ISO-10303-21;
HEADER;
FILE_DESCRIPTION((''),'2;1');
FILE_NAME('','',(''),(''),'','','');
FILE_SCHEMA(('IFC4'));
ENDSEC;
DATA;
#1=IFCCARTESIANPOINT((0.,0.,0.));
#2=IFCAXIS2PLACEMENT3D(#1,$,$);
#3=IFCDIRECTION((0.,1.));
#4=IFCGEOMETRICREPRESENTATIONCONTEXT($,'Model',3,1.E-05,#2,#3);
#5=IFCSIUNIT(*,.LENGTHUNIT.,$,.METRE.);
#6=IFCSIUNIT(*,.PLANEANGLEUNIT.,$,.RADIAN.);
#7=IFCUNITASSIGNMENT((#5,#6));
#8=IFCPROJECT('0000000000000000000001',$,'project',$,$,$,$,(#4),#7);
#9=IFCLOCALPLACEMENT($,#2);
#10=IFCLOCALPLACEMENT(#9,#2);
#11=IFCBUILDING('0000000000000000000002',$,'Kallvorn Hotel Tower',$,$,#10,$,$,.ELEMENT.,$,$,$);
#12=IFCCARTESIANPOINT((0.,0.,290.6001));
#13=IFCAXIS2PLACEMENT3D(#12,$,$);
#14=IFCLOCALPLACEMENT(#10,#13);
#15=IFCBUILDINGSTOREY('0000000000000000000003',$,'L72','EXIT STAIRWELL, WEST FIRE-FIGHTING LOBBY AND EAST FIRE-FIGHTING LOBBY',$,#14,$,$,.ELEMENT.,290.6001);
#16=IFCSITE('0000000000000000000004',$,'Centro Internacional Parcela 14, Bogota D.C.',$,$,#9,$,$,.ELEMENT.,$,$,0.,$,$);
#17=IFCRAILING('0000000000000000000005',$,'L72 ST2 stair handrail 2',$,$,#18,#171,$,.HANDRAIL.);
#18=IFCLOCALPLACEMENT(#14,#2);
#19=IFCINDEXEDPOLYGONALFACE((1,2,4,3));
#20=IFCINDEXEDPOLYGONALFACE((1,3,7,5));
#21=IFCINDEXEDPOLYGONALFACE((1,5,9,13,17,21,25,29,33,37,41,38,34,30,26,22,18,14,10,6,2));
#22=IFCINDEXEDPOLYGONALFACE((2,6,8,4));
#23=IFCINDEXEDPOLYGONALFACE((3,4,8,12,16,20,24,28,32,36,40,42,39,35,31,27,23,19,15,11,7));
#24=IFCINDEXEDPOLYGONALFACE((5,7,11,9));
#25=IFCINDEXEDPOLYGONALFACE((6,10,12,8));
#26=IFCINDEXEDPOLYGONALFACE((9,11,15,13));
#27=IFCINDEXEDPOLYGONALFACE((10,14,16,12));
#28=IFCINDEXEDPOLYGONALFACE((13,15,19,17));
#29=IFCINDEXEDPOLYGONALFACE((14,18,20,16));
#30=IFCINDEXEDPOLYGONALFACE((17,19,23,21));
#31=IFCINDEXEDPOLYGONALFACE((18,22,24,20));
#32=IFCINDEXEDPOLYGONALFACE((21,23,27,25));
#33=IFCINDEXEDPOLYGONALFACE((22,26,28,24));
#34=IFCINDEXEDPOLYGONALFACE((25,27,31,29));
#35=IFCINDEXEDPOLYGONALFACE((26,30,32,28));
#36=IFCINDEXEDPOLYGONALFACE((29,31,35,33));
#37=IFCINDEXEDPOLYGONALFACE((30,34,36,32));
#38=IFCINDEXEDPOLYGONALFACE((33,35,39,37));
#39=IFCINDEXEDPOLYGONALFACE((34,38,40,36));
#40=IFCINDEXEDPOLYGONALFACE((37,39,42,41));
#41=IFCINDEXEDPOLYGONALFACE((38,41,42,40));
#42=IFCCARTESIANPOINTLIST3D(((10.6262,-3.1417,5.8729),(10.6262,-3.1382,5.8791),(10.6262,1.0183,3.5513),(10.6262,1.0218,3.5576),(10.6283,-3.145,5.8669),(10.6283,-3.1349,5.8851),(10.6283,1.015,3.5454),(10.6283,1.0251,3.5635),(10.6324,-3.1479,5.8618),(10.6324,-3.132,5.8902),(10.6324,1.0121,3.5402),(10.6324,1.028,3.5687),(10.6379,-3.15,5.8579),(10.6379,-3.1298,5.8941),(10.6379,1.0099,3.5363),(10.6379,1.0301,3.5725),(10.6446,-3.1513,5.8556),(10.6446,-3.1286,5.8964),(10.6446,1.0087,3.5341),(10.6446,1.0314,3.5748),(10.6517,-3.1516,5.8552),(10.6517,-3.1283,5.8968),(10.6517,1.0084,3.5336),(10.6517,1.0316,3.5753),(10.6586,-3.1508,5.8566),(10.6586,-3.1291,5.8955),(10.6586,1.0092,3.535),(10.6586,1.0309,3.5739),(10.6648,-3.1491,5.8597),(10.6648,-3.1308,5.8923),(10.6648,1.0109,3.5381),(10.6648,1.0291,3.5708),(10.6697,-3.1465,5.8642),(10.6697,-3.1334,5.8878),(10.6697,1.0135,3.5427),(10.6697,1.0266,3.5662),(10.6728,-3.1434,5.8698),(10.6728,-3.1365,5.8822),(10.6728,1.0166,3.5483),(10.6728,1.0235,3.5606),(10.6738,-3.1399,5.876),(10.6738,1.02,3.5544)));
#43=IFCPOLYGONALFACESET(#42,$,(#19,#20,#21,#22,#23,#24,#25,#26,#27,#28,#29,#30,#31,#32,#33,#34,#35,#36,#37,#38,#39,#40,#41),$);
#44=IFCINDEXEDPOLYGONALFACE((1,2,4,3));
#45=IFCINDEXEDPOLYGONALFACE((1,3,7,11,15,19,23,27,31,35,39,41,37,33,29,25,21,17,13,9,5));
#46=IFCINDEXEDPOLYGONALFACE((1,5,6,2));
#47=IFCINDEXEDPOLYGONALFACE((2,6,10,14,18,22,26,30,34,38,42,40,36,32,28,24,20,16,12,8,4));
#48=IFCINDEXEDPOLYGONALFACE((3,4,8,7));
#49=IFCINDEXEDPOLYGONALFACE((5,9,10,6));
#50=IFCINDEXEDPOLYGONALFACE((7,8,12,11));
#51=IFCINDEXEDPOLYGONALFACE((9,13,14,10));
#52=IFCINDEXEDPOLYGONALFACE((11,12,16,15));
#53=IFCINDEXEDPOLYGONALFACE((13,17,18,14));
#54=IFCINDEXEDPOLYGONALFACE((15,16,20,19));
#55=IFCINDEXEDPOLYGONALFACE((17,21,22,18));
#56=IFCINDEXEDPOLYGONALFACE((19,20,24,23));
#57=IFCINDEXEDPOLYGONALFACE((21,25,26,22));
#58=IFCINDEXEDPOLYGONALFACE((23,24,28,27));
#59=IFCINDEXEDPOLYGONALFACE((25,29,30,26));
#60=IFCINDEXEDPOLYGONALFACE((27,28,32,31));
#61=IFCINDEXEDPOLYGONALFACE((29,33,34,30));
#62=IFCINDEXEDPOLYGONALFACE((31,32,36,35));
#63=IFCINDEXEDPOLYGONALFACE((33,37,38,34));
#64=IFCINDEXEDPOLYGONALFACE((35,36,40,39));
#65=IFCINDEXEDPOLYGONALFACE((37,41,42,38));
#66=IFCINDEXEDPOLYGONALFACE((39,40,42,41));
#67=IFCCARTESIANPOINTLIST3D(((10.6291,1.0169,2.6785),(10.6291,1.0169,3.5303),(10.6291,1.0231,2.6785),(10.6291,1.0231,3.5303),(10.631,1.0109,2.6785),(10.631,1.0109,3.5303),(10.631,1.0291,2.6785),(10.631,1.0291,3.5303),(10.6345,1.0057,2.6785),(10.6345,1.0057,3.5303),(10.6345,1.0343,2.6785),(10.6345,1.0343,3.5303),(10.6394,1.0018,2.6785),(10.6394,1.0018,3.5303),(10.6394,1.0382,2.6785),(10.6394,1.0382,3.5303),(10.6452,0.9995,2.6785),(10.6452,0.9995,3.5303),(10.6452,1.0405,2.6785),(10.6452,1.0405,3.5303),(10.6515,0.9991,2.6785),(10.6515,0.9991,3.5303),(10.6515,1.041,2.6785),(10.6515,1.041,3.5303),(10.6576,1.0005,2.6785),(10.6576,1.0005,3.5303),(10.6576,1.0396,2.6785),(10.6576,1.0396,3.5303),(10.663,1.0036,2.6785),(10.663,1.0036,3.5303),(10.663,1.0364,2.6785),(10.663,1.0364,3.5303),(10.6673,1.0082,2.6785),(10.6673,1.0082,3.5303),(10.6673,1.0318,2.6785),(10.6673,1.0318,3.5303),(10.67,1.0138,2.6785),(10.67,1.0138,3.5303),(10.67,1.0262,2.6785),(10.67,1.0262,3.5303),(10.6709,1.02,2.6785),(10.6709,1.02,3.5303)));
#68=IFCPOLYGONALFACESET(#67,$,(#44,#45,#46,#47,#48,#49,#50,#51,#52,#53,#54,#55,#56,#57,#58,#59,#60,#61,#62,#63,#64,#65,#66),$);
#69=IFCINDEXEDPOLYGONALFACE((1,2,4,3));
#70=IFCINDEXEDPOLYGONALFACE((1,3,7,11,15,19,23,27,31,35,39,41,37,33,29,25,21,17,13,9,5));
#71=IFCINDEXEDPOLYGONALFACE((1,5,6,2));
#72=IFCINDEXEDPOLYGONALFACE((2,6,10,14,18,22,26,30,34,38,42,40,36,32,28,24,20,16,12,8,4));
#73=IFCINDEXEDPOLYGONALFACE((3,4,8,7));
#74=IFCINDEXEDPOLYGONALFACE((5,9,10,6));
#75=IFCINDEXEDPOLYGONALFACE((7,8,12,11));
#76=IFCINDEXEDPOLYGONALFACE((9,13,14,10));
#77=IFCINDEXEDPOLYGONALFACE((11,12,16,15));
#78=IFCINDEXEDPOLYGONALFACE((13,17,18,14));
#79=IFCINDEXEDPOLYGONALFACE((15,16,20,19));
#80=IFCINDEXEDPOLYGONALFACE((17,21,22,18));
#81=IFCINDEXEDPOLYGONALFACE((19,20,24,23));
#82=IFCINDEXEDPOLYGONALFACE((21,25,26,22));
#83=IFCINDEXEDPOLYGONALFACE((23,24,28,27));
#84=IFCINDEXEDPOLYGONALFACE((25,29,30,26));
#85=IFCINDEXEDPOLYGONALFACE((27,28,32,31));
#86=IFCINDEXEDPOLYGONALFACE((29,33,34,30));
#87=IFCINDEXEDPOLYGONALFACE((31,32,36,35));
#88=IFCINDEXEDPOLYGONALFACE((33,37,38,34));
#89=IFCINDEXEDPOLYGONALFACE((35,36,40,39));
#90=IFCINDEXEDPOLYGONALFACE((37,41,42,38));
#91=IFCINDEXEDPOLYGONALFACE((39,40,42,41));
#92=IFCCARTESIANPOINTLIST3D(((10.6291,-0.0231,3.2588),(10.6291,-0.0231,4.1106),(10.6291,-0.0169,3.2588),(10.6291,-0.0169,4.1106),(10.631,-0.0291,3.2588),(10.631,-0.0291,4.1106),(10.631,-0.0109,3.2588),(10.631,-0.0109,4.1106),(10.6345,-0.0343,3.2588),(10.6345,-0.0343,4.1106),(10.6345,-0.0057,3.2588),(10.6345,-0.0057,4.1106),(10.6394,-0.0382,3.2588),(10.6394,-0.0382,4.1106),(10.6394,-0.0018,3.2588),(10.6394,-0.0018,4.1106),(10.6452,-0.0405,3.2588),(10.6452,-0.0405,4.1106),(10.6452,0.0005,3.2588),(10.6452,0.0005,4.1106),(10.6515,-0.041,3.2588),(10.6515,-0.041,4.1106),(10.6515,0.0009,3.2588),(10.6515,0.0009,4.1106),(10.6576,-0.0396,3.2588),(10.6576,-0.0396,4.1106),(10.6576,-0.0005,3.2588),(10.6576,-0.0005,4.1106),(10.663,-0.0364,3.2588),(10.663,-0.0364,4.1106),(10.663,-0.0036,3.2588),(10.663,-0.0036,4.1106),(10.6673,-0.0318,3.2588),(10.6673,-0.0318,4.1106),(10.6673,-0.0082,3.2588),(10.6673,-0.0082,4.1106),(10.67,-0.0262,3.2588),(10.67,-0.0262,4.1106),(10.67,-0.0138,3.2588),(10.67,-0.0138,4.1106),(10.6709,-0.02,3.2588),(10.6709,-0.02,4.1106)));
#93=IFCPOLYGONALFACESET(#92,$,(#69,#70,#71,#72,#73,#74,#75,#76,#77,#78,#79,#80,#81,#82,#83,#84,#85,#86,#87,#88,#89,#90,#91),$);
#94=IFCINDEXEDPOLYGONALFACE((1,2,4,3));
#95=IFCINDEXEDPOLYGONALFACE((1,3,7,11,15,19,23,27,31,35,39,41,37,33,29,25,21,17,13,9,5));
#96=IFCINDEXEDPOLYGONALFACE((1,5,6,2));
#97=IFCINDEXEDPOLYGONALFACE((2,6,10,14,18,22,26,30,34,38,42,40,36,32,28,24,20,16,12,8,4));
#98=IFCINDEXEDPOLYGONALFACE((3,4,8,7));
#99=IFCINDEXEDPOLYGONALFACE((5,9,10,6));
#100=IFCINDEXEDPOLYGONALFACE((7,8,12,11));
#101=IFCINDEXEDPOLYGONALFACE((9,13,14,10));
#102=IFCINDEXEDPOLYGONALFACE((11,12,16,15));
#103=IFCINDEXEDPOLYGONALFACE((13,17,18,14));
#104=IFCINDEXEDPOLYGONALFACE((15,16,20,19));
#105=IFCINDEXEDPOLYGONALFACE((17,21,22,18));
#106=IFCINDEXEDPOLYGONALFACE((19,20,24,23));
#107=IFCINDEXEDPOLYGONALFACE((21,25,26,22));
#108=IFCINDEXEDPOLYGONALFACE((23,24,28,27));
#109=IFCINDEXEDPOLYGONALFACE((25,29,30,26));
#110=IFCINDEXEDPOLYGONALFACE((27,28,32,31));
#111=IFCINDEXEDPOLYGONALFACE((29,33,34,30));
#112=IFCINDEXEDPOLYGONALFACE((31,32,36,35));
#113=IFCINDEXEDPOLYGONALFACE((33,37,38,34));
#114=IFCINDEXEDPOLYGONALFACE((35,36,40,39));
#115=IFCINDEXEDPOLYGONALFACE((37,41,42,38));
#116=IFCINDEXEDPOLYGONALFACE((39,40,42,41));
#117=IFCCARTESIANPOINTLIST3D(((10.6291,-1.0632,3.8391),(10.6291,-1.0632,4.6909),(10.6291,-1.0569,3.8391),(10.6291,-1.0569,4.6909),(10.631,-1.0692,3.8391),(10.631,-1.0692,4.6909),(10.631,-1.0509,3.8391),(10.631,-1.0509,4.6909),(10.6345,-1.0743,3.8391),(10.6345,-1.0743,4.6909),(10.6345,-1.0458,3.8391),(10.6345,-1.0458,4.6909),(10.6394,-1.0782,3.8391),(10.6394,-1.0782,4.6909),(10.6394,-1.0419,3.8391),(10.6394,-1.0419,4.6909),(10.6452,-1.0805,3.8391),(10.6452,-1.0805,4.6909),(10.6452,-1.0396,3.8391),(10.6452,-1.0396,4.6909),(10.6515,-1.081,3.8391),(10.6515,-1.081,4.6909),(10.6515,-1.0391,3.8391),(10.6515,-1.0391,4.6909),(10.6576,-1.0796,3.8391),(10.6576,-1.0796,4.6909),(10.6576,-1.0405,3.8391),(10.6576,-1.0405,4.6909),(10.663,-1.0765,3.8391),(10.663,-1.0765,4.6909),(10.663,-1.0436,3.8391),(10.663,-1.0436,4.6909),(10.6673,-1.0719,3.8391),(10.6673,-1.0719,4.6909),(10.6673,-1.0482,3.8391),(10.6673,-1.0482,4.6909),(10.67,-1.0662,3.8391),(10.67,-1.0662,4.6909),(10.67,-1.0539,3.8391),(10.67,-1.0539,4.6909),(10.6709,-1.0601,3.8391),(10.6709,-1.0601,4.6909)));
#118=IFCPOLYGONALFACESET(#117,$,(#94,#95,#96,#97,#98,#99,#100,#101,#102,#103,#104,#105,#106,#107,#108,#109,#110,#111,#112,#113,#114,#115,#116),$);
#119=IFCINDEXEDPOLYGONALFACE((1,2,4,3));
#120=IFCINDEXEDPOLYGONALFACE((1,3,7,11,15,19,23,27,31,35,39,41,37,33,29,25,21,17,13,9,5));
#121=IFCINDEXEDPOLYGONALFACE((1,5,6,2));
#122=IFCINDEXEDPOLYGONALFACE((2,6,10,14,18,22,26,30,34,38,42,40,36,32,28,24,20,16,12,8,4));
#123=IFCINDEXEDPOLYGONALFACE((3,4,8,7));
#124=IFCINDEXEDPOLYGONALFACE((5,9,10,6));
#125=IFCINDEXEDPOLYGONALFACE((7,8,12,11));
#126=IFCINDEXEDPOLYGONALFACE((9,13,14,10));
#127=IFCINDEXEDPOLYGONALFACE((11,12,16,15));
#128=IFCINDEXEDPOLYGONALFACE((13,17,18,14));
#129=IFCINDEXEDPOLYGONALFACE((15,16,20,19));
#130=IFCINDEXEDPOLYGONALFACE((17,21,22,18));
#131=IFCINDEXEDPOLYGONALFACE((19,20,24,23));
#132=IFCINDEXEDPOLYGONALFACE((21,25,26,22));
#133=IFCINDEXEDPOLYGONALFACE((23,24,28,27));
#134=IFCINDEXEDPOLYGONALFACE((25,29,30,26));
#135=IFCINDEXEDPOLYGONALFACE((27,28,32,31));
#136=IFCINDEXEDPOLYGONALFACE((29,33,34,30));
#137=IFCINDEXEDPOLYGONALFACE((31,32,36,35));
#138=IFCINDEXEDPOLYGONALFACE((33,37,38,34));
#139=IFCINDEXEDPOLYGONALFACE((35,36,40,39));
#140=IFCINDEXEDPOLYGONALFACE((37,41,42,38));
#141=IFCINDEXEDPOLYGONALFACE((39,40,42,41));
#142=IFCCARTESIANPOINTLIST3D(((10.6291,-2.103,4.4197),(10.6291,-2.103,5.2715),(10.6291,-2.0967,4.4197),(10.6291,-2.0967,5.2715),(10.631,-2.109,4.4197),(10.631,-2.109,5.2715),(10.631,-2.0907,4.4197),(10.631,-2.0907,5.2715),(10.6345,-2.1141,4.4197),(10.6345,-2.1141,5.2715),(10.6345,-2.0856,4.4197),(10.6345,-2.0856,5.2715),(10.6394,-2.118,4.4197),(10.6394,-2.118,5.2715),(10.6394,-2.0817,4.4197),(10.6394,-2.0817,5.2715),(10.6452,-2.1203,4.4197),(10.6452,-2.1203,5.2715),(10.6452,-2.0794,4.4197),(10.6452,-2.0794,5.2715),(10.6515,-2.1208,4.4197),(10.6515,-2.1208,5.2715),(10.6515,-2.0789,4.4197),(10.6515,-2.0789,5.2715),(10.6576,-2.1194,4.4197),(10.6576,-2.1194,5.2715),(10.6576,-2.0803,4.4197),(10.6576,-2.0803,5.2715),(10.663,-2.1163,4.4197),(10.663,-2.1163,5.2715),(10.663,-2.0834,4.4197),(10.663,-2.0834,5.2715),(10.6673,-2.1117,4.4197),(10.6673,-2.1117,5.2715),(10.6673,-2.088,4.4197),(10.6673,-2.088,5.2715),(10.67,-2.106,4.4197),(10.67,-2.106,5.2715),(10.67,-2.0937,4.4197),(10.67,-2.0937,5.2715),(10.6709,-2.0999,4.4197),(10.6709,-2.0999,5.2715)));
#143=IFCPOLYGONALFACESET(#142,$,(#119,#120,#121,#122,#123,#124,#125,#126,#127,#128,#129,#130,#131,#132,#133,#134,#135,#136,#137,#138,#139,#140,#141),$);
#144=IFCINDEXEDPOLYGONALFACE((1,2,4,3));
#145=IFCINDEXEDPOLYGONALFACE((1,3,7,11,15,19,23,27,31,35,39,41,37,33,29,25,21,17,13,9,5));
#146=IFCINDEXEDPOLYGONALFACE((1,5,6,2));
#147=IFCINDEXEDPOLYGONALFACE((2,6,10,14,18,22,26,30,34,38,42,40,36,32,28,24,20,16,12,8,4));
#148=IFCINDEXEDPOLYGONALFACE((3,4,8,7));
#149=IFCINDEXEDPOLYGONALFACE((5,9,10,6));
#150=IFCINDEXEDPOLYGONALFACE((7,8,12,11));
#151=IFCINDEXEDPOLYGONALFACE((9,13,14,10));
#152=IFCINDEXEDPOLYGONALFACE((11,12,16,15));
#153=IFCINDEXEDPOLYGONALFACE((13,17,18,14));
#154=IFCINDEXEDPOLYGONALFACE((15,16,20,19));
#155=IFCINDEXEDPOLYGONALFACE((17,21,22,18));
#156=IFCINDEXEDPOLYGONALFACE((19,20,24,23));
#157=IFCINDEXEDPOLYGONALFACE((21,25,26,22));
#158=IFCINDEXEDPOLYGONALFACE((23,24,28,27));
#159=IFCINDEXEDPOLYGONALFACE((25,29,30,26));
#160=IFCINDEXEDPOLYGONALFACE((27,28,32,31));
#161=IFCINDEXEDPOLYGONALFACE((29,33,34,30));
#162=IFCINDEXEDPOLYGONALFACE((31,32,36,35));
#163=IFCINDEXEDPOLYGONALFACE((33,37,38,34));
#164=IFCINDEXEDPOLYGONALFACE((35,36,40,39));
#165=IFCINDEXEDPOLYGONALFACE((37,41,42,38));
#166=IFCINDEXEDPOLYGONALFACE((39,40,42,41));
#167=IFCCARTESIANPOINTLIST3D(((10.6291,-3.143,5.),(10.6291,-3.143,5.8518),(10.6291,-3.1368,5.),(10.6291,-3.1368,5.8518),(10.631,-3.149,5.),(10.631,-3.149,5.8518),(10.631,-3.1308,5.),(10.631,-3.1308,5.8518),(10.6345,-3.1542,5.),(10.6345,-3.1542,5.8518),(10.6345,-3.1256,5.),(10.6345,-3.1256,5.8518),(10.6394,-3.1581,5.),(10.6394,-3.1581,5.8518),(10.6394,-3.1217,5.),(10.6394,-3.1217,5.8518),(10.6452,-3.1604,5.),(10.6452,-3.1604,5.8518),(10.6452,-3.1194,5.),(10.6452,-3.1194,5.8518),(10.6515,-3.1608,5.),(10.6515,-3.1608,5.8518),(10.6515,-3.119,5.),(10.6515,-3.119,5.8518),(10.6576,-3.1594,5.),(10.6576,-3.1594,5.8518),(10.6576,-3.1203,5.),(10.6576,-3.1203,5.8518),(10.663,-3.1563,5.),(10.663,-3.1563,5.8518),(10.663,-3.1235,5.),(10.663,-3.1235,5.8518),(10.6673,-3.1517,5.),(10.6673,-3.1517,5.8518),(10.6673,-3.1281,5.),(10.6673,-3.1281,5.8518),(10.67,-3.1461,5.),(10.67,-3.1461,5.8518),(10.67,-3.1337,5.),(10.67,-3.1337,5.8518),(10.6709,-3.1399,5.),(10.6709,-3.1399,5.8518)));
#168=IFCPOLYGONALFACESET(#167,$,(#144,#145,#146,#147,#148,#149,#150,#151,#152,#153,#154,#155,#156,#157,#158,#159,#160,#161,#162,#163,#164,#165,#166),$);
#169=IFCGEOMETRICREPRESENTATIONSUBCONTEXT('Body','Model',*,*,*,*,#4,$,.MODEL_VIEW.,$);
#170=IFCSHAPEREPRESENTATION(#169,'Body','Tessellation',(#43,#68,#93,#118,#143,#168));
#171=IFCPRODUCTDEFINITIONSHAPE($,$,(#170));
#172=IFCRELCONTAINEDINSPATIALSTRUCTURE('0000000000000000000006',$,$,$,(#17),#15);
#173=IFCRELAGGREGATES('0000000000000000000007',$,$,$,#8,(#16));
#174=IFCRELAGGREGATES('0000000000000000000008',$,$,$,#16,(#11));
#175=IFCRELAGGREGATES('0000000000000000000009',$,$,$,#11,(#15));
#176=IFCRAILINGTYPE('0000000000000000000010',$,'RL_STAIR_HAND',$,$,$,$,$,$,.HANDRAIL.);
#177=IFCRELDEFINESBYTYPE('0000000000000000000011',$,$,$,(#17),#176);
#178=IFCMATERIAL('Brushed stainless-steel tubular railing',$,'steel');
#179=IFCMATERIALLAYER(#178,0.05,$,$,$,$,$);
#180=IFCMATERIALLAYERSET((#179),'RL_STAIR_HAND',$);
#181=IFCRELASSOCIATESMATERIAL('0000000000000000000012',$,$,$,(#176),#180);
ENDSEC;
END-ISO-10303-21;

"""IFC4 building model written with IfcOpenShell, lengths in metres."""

from ifc_helpers import new_model, si_unit, direction, frame, origin, origin_2d, place, context, subcontext, project, spatial, circle, extrude, material, layer, layer_set, type_object, element, save


model = new_model("IFC4")

# Units and contexts
model_context = context("Model", 3, precision=1e-05, world=origin(), true_north=direction((0.0, 1.0)))
body_context = subcontext(model_context, "Body", "Model", "MODEL_VIEW")
ifc_project = project(units=[si_unit("LENGTHUNIT", "METRE"), si_unit("PLANEANGLEUNIT", "RADIAN")], contexts=[model_context])

# Site, building, storey
site_placement = place(None, origin())
site = spatial("IfcSite", under=ifc_project, at=site_placement, Name="Centro Internacional Parcela 14, Bogota D.C.", CompositionType="ELEMENT", RefElevation=0.0)
building_placement = place(site_placement, origin())
building = spatial("IfcBuilding", under=site, at=building_placement, Name="Kallvorn Hotel Tower", CompositionType="ELEMENT")
storey_placement = place(building_placement, frame((0.0, 0.0, 290.6001)))
storey = spatial("IfcBuildingStorey", under=building, at=storey_placement, Name="L72", Description="EXIT STAIRWELL, WEST FIRE-FIGHTING LOBBY AND EAST FIRE-FIGHTING LOBBY", CompositionType="ELEMENT", Elevation=290.6001)

# Railing
ifc_material_1 = material(Name="Brushed stainless-steel tubular railing", Category="steel")
ifc_layer_1 = layer(ifc_material_1, 0.05)
ifc_layer_set_1 = layer_set([ifc_layer_1], Name="RL_STAIR_HAND")
railing_type_1 = type_object("IfcRailingType", Name="RL_STAIR_HAND", PredefinedType="HANDRAIL", material=ifc_layer_set_1)
for number, where, name in (
    (1, (10.6499, 1.02, 2.6785), "L72 ST2 stair handrail 2"),
):
    element("IfcRailing", number, at=place(storey_placement, frame(where)), inside=storey, type_object=railing_type_1, Name=name, PredefinedType="HANDRAIL", context=body_context, shape_type="SweptSolid", body=[
        extrude(circle(Radius=0.0239, at=origin_2d()), frame((0.0, 0.0, 0.876), z_axis=(0.0, -0.873223, 0.487322), x_axis=(1.0, 0.0, 0.0)), (0.0, 0.0, 1.0), 4.7639),
        extrude(circle(Radius=0.021, at=origin_2d()), origin(), (0.0, 0.0, 1.0), 0.8518),
        extrude(circle(Radius=0.021, at=origin_2d()), frame((0.0, -1.04, 0.5803)), (0.0, 0.0, 1.0), 0.8518),
        extrude(circle(Radius=0.021, at=origin_2d()), frame((0.0, -2.0801, 1.1606)), (0.0, 0.0, 1.0), 0.8518),
        extrude(circle(Radius=0.021, at=origin_2d()), frame((0.0, -3.1199, 1.7412)), (0.0, 0.0, 1.0), 0.8518),
        extrude(circle(Radius=0.021, at=origin_2d()), frame((0.0, -4.1599, 2.3215)), (0.0, 0.0, 1.0), 0.8518),
    ])

save(model, "model.ifc")
